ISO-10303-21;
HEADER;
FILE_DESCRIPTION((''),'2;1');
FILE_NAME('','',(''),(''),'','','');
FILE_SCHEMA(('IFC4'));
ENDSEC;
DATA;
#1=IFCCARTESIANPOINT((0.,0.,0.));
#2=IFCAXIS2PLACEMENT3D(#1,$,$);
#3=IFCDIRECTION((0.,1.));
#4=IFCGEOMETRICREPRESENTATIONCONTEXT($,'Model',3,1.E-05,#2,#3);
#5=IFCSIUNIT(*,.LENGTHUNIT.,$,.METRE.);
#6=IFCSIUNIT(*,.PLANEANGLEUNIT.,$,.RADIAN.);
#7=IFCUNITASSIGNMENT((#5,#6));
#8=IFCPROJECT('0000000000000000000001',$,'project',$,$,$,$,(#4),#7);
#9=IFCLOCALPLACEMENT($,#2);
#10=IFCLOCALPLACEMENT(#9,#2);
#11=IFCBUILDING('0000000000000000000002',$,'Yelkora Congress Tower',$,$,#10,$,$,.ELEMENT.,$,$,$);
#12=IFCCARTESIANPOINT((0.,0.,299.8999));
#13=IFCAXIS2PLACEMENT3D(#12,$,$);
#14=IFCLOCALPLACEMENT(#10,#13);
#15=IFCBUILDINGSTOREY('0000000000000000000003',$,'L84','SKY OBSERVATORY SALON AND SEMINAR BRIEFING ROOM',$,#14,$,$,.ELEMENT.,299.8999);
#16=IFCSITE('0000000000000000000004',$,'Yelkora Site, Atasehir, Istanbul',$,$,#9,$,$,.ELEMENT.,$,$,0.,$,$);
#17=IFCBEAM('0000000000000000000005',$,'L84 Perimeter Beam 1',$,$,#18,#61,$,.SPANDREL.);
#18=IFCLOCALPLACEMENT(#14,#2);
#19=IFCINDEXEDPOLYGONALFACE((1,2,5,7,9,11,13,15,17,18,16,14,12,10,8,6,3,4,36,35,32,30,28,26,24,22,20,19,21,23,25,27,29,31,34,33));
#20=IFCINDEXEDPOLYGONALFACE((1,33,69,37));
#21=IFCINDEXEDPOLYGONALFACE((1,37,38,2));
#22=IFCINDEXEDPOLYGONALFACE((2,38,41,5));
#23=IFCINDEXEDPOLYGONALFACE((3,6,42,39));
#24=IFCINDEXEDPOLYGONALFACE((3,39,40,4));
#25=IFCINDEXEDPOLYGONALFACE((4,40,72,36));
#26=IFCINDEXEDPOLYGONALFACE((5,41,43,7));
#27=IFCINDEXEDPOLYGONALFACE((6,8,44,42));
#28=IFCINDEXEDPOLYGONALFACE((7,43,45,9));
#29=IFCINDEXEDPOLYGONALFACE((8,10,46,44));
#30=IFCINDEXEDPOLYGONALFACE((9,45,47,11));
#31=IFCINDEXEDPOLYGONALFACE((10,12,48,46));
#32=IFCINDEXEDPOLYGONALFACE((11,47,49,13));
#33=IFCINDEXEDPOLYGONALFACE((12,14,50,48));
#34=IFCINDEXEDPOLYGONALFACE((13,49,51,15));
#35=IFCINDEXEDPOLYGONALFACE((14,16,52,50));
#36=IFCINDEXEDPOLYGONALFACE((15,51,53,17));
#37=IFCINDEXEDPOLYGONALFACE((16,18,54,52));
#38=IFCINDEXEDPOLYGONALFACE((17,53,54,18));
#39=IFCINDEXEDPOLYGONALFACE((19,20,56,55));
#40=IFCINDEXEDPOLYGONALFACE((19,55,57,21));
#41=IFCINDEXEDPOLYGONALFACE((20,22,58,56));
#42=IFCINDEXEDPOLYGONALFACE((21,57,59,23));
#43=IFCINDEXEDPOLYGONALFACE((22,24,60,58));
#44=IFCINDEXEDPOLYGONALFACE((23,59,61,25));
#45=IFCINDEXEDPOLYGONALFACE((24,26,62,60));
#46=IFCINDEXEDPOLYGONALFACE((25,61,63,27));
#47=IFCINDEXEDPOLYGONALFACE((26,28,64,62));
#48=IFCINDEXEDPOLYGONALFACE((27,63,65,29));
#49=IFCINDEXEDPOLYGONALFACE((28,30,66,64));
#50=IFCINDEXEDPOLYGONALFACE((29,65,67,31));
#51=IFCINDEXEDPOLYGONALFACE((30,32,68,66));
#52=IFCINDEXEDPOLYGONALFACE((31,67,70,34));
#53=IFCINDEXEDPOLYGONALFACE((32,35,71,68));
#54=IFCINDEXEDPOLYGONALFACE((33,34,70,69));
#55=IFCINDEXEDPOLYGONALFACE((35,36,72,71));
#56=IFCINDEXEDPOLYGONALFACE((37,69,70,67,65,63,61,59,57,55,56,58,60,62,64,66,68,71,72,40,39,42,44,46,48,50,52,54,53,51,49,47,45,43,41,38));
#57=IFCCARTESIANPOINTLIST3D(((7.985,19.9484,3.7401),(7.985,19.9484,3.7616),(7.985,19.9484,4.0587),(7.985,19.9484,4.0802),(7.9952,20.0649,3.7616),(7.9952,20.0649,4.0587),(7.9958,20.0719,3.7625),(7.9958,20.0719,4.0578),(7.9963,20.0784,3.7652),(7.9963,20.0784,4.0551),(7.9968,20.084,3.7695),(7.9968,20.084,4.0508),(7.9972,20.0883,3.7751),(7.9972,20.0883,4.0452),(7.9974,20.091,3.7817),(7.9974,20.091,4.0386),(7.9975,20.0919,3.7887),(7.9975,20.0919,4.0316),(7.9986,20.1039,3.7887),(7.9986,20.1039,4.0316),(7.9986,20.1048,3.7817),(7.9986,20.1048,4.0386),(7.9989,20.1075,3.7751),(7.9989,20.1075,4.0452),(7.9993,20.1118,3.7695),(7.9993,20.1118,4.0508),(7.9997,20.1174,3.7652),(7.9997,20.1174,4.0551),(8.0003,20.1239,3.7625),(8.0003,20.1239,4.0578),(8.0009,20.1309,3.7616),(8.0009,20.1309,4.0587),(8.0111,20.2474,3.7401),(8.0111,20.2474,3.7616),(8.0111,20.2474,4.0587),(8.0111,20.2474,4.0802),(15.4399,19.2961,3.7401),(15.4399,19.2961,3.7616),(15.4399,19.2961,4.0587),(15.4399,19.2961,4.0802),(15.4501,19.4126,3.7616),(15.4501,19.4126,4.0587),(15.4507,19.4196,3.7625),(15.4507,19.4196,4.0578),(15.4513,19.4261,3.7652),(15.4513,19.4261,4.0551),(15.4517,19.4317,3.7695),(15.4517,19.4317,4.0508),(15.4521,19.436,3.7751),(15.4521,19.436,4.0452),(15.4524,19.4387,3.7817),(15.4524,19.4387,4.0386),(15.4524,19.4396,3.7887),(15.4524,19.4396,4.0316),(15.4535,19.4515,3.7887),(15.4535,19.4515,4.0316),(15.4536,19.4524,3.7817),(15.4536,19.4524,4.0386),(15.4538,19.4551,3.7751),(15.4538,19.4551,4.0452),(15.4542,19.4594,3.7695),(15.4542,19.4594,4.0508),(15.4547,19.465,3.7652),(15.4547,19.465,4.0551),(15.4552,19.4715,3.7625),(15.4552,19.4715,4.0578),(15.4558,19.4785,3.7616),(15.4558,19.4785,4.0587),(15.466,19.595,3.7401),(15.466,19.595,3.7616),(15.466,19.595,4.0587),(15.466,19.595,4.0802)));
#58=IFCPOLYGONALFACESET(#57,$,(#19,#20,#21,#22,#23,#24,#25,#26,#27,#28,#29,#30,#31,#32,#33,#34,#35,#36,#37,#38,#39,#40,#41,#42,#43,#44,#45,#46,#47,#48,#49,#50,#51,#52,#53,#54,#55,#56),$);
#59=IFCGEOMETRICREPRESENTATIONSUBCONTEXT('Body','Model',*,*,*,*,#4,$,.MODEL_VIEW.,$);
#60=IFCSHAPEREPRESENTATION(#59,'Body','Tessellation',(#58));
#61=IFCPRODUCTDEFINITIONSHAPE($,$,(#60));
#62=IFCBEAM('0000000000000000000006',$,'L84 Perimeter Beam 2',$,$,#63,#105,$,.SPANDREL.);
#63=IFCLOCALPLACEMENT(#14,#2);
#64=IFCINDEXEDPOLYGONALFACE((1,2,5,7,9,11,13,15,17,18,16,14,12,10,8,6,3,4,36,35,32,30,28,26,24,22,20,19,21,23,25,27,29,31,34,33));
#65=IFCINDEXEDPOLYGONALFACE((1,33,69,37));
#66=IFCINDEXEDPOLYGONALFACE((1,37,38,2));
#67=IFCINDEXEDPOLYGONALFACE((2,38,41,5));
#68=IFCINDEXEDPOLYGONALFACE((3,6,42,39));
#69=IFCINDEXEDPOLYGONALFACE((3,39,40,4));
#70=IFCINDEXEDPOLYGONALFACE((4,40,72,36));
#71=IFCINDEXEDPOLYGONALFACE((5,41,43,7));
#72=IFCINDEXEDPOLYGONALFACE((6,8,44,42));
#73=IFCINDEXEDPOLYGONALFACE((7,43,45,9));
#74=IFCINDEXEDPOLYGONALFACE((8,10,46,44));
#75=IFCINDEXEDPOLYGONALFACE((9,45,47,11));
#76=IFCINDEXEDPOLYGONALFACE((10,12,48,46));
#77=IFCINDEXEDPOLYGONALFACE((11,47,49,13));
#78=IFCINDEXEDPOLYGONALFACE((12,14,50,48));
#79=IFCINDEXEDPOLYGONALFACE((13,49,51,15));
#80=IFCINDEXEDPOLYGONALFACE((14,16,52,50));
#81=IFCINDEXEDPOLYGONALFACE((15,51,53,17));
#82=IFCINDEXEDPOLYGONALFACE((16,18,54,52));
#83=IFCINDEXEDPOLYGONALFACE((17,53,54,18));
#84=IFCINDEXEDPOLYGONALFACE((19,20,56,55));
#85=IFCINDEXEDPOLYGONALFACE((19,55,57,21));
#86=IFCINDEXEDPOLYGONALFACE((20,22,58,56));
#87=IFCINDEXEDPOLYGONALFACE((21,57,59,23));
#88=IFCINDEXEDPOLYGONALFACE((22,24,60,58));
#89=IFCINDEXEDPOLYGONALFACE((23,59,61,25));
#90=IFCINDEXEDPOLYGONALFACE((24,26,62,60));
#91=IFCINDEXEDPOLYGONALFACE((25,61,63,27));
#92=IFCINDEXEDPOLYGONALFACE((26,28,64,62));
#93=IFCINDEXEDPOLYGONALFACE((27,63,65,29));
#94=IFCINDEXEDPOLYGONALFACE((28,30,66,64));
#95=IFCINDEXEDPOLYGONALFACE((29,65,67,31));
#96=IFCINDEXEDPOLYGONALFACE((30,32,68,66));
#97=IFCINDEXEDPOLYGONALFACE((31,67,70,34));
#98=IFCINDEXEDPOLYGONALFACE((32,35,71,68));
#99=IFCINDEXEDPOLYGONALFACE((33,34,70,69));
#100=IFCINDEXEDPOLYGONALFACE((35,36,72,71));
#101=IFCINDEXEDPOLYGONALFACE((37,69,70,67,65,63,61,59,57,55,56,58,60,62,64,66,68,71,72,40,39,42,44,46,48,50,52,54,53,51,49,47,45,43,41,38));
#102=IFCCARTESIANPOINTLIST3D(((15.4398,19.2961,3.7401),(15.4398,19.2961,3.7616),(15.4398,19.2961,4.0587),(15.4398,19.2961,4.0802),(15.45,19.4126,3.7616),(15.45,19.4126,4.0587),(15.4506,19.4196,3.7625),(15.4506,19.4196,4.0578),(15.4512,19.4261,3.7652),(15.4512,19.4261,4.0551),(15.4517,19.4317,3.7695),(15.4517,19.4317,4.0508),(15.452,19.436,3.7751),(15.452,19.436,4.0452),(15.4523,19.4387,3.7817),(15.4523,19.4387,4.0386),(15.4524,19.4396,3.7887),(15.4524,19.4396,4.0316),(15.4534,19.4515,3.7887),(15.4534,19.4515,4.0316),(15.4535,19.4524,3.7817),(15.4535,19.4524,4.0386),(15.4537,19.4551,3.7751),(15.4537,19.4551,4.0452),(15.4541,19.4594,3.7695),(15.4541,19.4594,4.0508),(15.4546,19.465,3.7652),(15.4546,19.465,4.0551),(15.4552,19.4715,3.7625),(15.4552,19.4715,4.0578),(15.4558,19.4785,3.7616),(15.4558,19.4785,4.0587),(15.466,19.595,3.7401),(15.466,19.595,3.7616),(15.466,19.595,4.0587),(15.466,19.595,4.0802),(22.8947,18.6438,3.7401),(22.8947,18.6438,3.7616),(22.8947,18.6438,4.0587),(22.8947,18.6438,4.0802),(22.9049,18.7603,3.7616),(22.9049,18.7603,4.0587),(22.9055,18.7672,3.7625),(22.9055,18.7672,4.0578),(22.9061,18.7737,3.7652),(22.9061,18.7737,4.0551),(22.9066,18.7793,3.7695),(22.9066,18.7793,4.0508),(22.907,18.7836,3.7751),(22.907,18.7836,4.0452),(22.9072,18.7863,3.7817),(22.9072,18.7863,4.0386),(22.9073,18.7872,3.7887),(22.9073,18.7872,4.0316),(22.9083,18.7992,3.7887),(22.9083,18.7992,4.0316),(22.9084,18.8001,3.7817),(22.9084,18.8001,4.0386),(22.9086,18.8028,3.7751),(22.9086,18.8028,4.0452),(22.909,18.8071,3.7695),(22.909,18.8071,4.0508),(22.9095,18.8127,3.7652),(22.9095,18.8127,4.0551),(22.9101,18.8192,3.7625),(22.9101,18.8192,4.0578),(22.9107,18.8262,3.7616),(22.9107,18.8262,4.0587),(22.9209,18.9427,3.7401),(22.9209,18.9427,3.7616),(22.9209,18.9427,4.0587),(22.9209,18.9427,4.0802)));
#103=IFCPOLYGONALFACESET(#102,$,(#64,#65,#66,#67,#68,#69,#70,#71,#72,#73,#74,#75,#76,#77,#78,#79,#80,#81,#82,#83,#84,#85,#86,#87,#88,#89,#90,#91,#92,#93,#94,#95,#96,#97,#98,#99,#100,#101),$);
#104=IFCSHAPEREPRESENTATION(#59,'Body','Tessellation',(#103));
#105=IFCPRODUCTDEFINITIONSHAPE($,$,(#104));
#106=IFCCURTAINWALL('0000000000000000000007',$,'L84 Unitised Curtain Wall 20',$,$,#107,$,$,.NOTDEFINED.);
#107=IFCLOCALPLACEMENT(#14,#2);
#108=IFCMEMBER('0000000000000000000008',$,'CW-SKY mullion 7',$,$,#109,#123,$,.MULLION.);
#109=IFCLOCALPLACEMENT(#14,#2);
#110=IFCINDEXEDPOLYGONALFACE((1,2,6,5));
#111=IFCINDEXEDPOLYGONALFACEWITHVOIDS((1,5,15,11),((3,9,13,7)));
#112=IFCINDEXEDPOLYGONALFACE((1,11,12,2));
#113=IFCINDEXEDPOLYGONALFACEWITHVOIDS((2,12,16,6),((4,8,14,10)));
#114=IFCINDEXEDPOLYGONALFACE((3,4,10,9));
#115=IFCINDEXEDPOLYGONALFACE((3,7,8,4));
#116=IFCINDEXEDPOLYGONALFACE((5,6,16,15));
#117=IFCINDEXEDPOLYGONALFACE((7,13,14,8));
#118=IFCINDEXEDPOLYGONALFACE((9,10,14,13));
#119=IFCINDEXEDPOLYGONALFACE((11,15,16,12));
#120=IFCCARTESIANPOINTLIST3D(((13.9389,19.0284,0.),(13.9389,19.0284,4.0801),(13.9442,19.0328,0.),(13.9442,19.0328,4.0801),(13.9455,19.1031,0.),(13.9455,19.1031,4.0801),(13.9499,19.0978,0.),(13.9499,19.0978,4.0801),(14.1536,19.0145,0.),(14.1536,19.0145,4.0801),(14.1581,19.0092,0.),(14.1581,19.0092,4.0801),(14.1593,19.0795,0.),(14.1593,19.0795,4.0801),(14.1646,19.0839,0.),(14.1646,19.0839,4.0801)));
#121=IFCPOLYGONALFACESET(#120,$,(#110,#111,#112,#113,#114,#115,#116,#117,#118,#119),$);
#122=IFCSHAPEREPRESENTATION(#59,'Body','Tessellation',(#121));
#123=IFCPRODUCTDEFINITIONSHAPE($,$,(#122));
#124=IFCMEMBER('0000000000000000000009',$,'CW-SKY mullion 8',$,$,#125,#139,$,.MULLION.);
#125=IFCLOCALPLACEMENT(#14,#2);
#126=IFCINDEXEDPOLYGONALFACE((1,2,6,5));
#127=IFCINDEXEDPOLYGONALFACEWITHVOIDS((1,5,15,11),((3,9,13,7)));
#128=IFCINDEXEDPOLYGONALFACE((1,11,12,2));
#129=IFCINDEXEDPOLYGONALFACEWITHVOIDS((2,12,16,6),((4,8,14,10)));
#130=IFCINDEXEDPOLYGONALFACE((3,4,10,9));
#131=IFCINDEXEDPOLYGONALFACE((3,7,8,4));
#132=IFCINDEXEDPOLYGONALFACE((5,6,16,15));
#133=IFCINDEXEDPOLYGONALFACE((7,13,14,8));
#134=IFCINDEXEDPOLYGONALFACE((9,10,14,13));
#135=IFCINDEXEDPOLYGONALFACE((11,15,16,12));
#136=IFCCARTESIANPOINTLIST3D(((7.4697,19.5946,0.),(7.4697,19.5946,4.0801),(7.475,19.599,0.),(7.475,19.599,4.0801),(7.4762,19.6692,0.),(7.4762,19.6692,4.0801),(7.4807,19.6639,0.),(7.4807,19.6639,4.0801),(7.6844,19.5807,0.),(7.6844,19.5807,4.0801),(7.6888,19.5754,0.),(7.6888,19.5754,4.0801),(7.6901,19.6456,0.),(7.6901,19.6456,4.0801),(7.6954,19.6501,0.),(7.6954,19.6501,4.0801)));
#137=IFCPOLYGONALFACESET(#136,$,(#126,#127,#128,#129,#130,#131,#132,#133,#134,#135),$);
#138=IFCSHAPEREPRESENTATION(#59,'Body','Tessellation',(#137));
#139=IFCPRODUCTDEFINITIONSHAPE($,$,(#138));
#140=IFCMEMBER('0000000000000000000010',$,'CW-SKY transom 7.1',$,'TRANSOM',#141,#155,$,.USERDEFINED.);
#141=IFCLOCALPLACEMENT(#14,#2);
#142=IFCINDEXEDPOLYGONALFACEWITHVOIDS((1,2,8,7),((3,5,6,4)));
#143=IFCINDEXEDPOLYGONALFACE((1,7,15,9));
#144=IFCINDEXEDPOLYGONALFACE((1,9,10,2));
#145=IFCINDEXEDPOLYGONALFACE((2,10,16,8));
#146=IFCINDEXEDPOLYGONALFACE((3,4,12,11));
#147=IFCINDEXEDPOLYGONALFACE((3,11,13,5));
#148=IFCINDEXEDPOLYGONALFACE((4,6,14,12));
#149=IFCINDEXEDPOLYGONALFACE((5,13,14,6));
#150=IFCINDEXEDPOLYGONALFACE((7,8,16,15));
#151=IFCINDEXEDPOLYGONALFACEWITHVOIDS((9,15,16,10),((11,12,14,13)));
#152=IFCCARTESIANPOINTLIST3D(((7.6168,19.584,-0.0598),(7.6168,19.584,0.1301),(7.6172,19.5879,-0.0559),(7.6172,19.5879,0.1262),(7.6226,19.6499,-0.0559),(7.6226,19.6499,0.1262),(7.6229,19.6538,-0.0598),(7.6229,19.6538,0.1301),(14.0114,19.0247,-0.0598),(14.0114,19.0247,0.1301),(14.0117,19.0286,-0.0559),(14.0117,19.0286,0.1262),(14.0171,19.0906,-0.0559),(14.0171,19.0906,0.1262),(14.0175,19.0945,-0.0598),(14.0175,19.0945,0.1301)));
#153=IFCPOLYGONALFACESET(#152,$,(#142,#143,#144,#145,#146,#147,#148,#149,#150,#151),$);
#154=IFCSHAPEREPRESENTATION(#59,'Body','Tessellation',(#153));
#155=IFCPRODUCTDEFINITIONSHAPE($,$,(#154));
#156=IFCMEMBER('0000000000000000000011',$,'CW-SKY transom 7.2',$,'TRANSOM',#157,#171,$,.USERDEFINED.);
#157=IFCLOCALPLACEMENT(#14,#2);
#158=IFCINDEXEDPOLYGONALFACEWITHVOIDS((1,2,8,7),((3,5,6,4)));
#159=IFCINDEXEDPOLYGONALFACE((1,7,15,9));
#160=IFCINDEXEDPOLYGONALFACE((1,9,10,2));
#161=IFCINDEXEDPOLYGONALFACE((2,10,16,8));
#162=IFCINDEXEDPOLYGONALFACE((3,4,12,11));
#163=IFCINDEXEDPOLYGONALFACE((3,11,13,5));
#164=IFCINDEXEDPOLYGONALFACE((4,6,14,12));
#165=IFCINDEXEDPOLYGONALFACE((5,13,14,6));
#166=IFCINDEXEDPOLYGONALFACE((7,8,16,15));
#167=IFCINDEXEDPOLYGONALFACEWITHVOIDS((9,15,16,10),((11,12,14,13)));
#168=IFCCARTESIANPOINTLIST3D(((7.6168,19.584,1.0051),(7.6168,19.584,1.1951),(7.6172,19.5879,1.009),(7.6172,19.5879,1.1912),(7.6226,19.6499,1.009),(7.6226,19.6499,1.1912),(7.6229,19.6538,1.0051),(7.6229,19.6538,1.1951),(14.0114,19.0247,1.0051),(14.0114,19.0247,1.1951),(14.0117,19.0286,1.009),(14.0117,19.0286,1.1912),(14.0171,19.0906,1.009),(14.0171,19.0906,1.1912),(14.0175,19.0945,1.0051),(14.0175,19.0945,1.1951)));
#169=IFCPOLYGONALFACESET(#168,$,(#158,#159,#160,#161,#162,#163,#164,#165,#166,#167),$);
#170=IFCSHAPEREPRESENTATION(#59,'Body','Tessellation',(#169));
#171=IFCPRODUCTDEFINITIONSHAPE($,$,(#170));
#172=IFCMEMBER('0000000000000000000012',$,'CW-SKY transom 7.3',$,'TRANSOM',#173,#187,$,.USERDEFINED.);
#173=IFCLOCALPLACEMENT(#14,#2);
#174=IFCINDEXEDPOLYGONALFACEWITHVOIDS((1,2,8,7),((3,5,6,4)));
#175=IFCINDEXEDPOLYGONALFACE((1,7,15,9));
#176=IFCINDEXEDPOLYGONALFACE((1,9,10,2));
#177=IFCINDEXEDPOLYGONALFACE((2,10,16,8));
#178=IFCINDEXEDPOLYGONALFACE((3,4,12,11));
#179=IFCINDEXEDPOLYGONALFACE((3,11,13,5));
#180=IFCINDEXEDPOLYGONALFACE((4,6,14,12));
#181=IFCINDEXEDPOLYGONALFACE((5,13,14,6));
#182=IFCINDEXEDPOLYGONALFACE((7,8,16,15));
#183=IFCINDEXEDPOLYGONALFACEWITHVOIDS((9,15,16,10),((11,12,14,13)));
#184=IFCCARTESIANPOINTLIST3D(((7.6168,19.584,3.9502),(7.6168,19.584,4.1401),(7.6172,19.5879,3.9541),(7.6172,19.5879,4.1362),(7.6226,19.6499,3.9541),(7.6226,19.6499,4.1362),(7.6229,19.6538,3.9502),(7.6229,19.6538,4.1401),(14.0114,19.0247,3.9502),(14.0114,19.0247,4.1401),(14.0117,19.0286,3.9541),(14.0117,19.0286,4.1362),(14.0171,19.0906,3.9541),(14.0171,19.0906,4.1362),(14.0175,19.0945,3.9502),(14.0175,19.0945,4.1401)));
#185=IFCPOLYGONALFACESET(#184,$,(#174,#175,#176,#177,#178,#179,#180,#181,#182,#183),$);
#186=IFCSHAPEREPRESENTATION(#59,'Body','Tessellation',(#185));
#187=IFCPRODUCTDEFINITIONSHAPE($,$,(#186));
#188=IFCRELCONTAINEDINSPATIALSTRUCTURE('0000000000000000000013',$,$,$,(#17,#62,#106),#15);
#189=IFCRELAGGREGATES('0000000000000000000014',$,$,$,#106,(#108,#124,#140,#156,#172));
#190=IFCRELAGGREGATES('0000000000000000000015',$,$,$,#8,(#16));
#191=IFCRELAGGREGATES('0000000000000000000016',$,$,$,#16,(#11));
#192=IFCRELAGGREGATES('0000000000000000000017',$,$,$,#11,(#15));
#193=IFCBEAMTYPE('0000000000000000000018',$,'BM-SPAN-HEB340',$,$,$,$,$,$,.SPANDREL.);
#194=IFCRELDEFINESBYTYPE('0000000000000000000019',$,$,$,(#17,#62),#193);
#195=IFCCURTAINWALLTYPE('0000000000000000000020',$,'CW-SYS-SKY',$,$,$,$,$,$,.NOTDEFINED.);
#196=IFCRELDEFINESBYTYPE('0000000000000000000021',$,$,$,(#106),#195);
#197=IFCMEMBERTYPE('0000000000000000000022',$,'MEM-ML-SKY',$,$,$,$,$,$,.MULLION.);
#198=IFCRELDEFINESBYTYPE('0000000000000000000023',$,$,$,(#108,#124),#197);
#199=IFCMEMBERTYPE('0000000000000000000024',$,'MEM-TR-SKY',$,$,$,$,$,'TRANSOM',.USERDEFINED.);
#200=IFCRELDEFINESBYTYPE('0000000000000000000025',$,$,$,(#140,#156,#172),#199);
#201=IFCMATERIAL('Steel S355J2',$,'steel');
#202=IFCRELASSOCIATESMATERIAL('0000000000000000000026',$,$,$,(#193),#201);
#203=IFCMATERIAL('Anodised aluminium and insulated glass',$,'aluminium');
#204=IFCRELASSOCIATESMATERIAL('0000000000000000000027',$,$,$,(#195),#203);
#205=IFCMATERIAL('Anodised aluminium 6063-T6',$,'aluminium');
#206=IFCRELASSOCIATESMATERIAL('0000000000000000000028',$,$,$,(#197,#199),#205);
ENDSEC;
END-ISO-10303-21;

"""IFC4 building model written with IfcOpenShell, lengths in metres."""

from ifc_helpers import new_model, si_unit, direction, frame, origin, origin_2d, place, context, subcontext, project, spatial, hollow_rectangle, i_section, extrude, material, material_profile, profile_set, type_object, element, aggregate, save


model = new_model("IFC4")

# Units and contexts
model_context = context("Model", 3, precision=1e-05, world=origin(), true_north=direction((0.0, 1.0)))
body_context = subcontext(model_context, "Body", "Model", "MODEL_VIEW")
ifc_project = project(units=[si_unit("LENGTHUNIT", "METRE"), si_unit("PLANEANGLEUNIT", "RADIAN")], contexts=[model_context])

# Site, building, storey
site_placement = place(None, origin())
site = spatial("IfcSite", under=ifc_project, at=site_placement, Name="Yelkora Site, Atasehir, Istanbul", CompositionType="ELEMENT", RefElevation=0.0)
building_placement = place(site_placement, origin())
building = spatial("IfcBuilding", under=site, at=building_placement, Name="Yelkora Congress Tower", CompositionType="ELEMENT")
storey_placement = place(building_placement, frame((0.0, 0.0, 299.8999)))
storey = spatial("IfcBuildingStorey", under=building, at=storey_placement, Name="L84", Description="SKY OBSERVATORY SALON AND SEMINAR BRIEFING ROOM", CompositionType="ELEMENT", Elevation=299.8999)

# Shared definitions
ifc_material_1 = material(Name="Steel S355J2", Category="steel")

# Beams
ifc_material_profile_1 = material_profile(ifc_material_1, i_section(OverallWidth=0.3, OverallDepth=0.3401, WebThickness=0.012, FlangeThickness=0.0215, FilletRadius=0.0271, at=origin_2d()), Name="HEB 340")
ifc_profile_set_1 = profile_set([ifc_material_profile_1], Name="Steel S355J2")
beam_type_1 = type_object("IfcBeamType", Name="BM-SPAN-HEB340", PredefinedType="SPANDREL", material=ifc_profile_set_1)
for number, where, z_axis, x_axis, name in (
    (1, (7.998, 20.0979, 3.9102), (0.996193, -0.087173, 0.0), (0.087173, 0.996193, 0.0), "L84 Perimeter Beam 1"),
    (2, (15.4529, 19.4456, 3.9102), (0.996193, -0.087173, 0.0), (0.087173, 0.996193, 0.0), "L84 Perimeter Beam 2"),
):
    element("IfcBeam", number, at=place(storey_placement, frame(where, z_axis=z_axis, x_axis=x_axis)), inside=storey, type_object=beam_type_1, Name=name, PredefinedType="SPANDREL", context=body_context, shape_type="SweptSolid", body=[
        extrude(i_section(OverallWidth=0.3, OverallDepth=0.3401, WebThickness=0.012, FlangeThickness=0.0215, FilletRadius=0.0271, at=origin_2d()), origin(), (0.0, 0.0, 1.0), 7.4834),
    ])

# Curtain wall, members
ifc_material_2 = material(Name="Anodised aluminium and insulated glass", Category="aluminium")
curtain_wall_type = type_object("IfcCurtainWallType", Name="CW-SYS-SKY", PredefinedType="NOTDEFINED", material=ifc_material_2)
curtain_wall_placement = place(storey_placement, origin())
curtain_wall = element("IfcCurtainWall", 3, at=curtain_wall_placement, inside=storey, type_object=curtain_wall_type, Name="L84 Unitised Curtain Wall 20", PredefinedType="NOTDEFINED")
ifc_material_3 = material(Name="Anodised aluminium 6063-T6", Category="aluminium")
ifc_material_profile_2 = material_profile(ifc_material_3, hollow_rectangle(XDim=0.075, YDim=0.22, WallThickness=0.0049, at=origin_2d()), Name="ALU 75x220x5")
ifc_profile_set_2 = profile_set([ifc_material_profile_2], Name="Anodised aluminium 6063-T6")
member_type_1 = type_object("IfcMemberType", Name="MEM-ML-SKY", PredefinedType="MULLION", material=ifc_profile_set_2)
member_1_placement = place(storey_placement, frame((14.0518, 19.0562, 0.0), z_axis=(0.0, 0.0, 1.0), x_axis=(-0.087157, -0.996195, 0.0)))
member_1 = element("IfcMember", 4, at=member_1_placement, type_object=member_type_1, Name="CW-SKY mullion 7", PredefinedType="MULLION", context=body_context, shape_type="SweptSolid", body=[
    extrude(hollow_rectangle(XDim=0.075, YDim=0.22, WallThickness=0.0049, at=origin_2d()), origin(), (0.0, 0.0, 1.0), 4.0801),
])
member_2_placement = place(storey_placement, frame((7.5825, 19.6223, 0.0), z_axis=(0.0, 0.0, 1.0), x_axis=(-0.087157, -0.996195, 0.0)))
member_2 = element("IfcMember", 5, at=member_2_placement, type_object=member_type_1, Name="CW-SKY mullion 8", PredefinedType="MULLION", context=body_context, shape_type="SweptSolid", body=[
    extrude(hollow_rectangle(XDim=0.075, YDim=0.22, WallThickness=0.0049, at=origin_2d()), origin(), (0.0, 0.0, 1.0), 4.0801),
])
ifc_material_profile_3 = material_profile(ifc_material_3, hollow_rectangle(XDim=0.0701, YDim=0.1899, WallThickness=0.0039, at=origin_2d()), Name="ALU 70x190x4")
ifc_profile_set_3 = profile_set([ifc_material_profile_3], Name="Anodised aluminium 6063-T6")
member_type_2 = type_object("IfcMemberType", Name="MEM-TR-SKY", ElementType="TRANSOM", PredefinedType="USERDEFINED", material=ifc_profile_set_3)
member_3_placement = place(storey_placement, frame((14.0144, 19.0596, 0.0352), z_axis=(-0.996196, 0.087137, 0.0), x_axis=(-0.087137, -0.996196, 0.0)))
member_3 = element("IfcMember", 6, at=member_3_placement, type_object=member_type_2, Name="CW-SKY transom 7.1", ObjectType="TRANSOM", PredefinedType="USERDEFINED", context=body_context, shape_type="SweptSolid", body=[
    extrude(hollow_rectangle(XDim=0.0701, YDim=0.1899, WallThickness=0.0039, at=origin_2d()), origin(), (0.0, 0.0, 1.0), 6.4189),
])
member_4_placement = place(storey_placement, frame((14.0144, 19.0596, 1.1001), z_axis=(-0.996196, 0.087137, 0.0), x_axis=(-0.087137, -0.996196, 0.0)))
member_4 = element("IfcMember", 7, at=member_4_placement, type_object=member_type_2, Name="CW-SKY transom 7.2", ObjectType="TRANSOM", PredefinedType="USERDEFINED", context=body_context, shape_type="SweptSolid", body=[
    extrude(hollow_rectangle(XDim=0.0701, YDim=0.1899, WallThickness=0.0039, at=origin_2d()), origin(), (0.0, 0.0, 1.0), 6.4189),
])
member_5_placement = place(storey_placement, frame((14.0144, 19.0596, 4.0452), z_axis=(-0.996196, 0.087137, 0.0), x_axis=(-0.087137, -0.996196, 0.0)))
member_5 = element("IfcMember", 8, at=member_5_placement, type_object=member_type_2, Name="CW-SKY transom 7.3", ObjectType="TRANSOM", PredefinedType="USERDEFINED", context=body_context, shape_type="SweptSolid", body=[
    extrude(hollow_rectangle(XDim=0.0701, YDim=0.1899, WallThickness=0.0039, at=origin_2d()), origin(), (0.0, 0.0, 1.0), 6.4189),
])
aggregate(curtain_wall, [member_1, member_2, member_3, member_4, member_5])

save(model, "model.ifc")
